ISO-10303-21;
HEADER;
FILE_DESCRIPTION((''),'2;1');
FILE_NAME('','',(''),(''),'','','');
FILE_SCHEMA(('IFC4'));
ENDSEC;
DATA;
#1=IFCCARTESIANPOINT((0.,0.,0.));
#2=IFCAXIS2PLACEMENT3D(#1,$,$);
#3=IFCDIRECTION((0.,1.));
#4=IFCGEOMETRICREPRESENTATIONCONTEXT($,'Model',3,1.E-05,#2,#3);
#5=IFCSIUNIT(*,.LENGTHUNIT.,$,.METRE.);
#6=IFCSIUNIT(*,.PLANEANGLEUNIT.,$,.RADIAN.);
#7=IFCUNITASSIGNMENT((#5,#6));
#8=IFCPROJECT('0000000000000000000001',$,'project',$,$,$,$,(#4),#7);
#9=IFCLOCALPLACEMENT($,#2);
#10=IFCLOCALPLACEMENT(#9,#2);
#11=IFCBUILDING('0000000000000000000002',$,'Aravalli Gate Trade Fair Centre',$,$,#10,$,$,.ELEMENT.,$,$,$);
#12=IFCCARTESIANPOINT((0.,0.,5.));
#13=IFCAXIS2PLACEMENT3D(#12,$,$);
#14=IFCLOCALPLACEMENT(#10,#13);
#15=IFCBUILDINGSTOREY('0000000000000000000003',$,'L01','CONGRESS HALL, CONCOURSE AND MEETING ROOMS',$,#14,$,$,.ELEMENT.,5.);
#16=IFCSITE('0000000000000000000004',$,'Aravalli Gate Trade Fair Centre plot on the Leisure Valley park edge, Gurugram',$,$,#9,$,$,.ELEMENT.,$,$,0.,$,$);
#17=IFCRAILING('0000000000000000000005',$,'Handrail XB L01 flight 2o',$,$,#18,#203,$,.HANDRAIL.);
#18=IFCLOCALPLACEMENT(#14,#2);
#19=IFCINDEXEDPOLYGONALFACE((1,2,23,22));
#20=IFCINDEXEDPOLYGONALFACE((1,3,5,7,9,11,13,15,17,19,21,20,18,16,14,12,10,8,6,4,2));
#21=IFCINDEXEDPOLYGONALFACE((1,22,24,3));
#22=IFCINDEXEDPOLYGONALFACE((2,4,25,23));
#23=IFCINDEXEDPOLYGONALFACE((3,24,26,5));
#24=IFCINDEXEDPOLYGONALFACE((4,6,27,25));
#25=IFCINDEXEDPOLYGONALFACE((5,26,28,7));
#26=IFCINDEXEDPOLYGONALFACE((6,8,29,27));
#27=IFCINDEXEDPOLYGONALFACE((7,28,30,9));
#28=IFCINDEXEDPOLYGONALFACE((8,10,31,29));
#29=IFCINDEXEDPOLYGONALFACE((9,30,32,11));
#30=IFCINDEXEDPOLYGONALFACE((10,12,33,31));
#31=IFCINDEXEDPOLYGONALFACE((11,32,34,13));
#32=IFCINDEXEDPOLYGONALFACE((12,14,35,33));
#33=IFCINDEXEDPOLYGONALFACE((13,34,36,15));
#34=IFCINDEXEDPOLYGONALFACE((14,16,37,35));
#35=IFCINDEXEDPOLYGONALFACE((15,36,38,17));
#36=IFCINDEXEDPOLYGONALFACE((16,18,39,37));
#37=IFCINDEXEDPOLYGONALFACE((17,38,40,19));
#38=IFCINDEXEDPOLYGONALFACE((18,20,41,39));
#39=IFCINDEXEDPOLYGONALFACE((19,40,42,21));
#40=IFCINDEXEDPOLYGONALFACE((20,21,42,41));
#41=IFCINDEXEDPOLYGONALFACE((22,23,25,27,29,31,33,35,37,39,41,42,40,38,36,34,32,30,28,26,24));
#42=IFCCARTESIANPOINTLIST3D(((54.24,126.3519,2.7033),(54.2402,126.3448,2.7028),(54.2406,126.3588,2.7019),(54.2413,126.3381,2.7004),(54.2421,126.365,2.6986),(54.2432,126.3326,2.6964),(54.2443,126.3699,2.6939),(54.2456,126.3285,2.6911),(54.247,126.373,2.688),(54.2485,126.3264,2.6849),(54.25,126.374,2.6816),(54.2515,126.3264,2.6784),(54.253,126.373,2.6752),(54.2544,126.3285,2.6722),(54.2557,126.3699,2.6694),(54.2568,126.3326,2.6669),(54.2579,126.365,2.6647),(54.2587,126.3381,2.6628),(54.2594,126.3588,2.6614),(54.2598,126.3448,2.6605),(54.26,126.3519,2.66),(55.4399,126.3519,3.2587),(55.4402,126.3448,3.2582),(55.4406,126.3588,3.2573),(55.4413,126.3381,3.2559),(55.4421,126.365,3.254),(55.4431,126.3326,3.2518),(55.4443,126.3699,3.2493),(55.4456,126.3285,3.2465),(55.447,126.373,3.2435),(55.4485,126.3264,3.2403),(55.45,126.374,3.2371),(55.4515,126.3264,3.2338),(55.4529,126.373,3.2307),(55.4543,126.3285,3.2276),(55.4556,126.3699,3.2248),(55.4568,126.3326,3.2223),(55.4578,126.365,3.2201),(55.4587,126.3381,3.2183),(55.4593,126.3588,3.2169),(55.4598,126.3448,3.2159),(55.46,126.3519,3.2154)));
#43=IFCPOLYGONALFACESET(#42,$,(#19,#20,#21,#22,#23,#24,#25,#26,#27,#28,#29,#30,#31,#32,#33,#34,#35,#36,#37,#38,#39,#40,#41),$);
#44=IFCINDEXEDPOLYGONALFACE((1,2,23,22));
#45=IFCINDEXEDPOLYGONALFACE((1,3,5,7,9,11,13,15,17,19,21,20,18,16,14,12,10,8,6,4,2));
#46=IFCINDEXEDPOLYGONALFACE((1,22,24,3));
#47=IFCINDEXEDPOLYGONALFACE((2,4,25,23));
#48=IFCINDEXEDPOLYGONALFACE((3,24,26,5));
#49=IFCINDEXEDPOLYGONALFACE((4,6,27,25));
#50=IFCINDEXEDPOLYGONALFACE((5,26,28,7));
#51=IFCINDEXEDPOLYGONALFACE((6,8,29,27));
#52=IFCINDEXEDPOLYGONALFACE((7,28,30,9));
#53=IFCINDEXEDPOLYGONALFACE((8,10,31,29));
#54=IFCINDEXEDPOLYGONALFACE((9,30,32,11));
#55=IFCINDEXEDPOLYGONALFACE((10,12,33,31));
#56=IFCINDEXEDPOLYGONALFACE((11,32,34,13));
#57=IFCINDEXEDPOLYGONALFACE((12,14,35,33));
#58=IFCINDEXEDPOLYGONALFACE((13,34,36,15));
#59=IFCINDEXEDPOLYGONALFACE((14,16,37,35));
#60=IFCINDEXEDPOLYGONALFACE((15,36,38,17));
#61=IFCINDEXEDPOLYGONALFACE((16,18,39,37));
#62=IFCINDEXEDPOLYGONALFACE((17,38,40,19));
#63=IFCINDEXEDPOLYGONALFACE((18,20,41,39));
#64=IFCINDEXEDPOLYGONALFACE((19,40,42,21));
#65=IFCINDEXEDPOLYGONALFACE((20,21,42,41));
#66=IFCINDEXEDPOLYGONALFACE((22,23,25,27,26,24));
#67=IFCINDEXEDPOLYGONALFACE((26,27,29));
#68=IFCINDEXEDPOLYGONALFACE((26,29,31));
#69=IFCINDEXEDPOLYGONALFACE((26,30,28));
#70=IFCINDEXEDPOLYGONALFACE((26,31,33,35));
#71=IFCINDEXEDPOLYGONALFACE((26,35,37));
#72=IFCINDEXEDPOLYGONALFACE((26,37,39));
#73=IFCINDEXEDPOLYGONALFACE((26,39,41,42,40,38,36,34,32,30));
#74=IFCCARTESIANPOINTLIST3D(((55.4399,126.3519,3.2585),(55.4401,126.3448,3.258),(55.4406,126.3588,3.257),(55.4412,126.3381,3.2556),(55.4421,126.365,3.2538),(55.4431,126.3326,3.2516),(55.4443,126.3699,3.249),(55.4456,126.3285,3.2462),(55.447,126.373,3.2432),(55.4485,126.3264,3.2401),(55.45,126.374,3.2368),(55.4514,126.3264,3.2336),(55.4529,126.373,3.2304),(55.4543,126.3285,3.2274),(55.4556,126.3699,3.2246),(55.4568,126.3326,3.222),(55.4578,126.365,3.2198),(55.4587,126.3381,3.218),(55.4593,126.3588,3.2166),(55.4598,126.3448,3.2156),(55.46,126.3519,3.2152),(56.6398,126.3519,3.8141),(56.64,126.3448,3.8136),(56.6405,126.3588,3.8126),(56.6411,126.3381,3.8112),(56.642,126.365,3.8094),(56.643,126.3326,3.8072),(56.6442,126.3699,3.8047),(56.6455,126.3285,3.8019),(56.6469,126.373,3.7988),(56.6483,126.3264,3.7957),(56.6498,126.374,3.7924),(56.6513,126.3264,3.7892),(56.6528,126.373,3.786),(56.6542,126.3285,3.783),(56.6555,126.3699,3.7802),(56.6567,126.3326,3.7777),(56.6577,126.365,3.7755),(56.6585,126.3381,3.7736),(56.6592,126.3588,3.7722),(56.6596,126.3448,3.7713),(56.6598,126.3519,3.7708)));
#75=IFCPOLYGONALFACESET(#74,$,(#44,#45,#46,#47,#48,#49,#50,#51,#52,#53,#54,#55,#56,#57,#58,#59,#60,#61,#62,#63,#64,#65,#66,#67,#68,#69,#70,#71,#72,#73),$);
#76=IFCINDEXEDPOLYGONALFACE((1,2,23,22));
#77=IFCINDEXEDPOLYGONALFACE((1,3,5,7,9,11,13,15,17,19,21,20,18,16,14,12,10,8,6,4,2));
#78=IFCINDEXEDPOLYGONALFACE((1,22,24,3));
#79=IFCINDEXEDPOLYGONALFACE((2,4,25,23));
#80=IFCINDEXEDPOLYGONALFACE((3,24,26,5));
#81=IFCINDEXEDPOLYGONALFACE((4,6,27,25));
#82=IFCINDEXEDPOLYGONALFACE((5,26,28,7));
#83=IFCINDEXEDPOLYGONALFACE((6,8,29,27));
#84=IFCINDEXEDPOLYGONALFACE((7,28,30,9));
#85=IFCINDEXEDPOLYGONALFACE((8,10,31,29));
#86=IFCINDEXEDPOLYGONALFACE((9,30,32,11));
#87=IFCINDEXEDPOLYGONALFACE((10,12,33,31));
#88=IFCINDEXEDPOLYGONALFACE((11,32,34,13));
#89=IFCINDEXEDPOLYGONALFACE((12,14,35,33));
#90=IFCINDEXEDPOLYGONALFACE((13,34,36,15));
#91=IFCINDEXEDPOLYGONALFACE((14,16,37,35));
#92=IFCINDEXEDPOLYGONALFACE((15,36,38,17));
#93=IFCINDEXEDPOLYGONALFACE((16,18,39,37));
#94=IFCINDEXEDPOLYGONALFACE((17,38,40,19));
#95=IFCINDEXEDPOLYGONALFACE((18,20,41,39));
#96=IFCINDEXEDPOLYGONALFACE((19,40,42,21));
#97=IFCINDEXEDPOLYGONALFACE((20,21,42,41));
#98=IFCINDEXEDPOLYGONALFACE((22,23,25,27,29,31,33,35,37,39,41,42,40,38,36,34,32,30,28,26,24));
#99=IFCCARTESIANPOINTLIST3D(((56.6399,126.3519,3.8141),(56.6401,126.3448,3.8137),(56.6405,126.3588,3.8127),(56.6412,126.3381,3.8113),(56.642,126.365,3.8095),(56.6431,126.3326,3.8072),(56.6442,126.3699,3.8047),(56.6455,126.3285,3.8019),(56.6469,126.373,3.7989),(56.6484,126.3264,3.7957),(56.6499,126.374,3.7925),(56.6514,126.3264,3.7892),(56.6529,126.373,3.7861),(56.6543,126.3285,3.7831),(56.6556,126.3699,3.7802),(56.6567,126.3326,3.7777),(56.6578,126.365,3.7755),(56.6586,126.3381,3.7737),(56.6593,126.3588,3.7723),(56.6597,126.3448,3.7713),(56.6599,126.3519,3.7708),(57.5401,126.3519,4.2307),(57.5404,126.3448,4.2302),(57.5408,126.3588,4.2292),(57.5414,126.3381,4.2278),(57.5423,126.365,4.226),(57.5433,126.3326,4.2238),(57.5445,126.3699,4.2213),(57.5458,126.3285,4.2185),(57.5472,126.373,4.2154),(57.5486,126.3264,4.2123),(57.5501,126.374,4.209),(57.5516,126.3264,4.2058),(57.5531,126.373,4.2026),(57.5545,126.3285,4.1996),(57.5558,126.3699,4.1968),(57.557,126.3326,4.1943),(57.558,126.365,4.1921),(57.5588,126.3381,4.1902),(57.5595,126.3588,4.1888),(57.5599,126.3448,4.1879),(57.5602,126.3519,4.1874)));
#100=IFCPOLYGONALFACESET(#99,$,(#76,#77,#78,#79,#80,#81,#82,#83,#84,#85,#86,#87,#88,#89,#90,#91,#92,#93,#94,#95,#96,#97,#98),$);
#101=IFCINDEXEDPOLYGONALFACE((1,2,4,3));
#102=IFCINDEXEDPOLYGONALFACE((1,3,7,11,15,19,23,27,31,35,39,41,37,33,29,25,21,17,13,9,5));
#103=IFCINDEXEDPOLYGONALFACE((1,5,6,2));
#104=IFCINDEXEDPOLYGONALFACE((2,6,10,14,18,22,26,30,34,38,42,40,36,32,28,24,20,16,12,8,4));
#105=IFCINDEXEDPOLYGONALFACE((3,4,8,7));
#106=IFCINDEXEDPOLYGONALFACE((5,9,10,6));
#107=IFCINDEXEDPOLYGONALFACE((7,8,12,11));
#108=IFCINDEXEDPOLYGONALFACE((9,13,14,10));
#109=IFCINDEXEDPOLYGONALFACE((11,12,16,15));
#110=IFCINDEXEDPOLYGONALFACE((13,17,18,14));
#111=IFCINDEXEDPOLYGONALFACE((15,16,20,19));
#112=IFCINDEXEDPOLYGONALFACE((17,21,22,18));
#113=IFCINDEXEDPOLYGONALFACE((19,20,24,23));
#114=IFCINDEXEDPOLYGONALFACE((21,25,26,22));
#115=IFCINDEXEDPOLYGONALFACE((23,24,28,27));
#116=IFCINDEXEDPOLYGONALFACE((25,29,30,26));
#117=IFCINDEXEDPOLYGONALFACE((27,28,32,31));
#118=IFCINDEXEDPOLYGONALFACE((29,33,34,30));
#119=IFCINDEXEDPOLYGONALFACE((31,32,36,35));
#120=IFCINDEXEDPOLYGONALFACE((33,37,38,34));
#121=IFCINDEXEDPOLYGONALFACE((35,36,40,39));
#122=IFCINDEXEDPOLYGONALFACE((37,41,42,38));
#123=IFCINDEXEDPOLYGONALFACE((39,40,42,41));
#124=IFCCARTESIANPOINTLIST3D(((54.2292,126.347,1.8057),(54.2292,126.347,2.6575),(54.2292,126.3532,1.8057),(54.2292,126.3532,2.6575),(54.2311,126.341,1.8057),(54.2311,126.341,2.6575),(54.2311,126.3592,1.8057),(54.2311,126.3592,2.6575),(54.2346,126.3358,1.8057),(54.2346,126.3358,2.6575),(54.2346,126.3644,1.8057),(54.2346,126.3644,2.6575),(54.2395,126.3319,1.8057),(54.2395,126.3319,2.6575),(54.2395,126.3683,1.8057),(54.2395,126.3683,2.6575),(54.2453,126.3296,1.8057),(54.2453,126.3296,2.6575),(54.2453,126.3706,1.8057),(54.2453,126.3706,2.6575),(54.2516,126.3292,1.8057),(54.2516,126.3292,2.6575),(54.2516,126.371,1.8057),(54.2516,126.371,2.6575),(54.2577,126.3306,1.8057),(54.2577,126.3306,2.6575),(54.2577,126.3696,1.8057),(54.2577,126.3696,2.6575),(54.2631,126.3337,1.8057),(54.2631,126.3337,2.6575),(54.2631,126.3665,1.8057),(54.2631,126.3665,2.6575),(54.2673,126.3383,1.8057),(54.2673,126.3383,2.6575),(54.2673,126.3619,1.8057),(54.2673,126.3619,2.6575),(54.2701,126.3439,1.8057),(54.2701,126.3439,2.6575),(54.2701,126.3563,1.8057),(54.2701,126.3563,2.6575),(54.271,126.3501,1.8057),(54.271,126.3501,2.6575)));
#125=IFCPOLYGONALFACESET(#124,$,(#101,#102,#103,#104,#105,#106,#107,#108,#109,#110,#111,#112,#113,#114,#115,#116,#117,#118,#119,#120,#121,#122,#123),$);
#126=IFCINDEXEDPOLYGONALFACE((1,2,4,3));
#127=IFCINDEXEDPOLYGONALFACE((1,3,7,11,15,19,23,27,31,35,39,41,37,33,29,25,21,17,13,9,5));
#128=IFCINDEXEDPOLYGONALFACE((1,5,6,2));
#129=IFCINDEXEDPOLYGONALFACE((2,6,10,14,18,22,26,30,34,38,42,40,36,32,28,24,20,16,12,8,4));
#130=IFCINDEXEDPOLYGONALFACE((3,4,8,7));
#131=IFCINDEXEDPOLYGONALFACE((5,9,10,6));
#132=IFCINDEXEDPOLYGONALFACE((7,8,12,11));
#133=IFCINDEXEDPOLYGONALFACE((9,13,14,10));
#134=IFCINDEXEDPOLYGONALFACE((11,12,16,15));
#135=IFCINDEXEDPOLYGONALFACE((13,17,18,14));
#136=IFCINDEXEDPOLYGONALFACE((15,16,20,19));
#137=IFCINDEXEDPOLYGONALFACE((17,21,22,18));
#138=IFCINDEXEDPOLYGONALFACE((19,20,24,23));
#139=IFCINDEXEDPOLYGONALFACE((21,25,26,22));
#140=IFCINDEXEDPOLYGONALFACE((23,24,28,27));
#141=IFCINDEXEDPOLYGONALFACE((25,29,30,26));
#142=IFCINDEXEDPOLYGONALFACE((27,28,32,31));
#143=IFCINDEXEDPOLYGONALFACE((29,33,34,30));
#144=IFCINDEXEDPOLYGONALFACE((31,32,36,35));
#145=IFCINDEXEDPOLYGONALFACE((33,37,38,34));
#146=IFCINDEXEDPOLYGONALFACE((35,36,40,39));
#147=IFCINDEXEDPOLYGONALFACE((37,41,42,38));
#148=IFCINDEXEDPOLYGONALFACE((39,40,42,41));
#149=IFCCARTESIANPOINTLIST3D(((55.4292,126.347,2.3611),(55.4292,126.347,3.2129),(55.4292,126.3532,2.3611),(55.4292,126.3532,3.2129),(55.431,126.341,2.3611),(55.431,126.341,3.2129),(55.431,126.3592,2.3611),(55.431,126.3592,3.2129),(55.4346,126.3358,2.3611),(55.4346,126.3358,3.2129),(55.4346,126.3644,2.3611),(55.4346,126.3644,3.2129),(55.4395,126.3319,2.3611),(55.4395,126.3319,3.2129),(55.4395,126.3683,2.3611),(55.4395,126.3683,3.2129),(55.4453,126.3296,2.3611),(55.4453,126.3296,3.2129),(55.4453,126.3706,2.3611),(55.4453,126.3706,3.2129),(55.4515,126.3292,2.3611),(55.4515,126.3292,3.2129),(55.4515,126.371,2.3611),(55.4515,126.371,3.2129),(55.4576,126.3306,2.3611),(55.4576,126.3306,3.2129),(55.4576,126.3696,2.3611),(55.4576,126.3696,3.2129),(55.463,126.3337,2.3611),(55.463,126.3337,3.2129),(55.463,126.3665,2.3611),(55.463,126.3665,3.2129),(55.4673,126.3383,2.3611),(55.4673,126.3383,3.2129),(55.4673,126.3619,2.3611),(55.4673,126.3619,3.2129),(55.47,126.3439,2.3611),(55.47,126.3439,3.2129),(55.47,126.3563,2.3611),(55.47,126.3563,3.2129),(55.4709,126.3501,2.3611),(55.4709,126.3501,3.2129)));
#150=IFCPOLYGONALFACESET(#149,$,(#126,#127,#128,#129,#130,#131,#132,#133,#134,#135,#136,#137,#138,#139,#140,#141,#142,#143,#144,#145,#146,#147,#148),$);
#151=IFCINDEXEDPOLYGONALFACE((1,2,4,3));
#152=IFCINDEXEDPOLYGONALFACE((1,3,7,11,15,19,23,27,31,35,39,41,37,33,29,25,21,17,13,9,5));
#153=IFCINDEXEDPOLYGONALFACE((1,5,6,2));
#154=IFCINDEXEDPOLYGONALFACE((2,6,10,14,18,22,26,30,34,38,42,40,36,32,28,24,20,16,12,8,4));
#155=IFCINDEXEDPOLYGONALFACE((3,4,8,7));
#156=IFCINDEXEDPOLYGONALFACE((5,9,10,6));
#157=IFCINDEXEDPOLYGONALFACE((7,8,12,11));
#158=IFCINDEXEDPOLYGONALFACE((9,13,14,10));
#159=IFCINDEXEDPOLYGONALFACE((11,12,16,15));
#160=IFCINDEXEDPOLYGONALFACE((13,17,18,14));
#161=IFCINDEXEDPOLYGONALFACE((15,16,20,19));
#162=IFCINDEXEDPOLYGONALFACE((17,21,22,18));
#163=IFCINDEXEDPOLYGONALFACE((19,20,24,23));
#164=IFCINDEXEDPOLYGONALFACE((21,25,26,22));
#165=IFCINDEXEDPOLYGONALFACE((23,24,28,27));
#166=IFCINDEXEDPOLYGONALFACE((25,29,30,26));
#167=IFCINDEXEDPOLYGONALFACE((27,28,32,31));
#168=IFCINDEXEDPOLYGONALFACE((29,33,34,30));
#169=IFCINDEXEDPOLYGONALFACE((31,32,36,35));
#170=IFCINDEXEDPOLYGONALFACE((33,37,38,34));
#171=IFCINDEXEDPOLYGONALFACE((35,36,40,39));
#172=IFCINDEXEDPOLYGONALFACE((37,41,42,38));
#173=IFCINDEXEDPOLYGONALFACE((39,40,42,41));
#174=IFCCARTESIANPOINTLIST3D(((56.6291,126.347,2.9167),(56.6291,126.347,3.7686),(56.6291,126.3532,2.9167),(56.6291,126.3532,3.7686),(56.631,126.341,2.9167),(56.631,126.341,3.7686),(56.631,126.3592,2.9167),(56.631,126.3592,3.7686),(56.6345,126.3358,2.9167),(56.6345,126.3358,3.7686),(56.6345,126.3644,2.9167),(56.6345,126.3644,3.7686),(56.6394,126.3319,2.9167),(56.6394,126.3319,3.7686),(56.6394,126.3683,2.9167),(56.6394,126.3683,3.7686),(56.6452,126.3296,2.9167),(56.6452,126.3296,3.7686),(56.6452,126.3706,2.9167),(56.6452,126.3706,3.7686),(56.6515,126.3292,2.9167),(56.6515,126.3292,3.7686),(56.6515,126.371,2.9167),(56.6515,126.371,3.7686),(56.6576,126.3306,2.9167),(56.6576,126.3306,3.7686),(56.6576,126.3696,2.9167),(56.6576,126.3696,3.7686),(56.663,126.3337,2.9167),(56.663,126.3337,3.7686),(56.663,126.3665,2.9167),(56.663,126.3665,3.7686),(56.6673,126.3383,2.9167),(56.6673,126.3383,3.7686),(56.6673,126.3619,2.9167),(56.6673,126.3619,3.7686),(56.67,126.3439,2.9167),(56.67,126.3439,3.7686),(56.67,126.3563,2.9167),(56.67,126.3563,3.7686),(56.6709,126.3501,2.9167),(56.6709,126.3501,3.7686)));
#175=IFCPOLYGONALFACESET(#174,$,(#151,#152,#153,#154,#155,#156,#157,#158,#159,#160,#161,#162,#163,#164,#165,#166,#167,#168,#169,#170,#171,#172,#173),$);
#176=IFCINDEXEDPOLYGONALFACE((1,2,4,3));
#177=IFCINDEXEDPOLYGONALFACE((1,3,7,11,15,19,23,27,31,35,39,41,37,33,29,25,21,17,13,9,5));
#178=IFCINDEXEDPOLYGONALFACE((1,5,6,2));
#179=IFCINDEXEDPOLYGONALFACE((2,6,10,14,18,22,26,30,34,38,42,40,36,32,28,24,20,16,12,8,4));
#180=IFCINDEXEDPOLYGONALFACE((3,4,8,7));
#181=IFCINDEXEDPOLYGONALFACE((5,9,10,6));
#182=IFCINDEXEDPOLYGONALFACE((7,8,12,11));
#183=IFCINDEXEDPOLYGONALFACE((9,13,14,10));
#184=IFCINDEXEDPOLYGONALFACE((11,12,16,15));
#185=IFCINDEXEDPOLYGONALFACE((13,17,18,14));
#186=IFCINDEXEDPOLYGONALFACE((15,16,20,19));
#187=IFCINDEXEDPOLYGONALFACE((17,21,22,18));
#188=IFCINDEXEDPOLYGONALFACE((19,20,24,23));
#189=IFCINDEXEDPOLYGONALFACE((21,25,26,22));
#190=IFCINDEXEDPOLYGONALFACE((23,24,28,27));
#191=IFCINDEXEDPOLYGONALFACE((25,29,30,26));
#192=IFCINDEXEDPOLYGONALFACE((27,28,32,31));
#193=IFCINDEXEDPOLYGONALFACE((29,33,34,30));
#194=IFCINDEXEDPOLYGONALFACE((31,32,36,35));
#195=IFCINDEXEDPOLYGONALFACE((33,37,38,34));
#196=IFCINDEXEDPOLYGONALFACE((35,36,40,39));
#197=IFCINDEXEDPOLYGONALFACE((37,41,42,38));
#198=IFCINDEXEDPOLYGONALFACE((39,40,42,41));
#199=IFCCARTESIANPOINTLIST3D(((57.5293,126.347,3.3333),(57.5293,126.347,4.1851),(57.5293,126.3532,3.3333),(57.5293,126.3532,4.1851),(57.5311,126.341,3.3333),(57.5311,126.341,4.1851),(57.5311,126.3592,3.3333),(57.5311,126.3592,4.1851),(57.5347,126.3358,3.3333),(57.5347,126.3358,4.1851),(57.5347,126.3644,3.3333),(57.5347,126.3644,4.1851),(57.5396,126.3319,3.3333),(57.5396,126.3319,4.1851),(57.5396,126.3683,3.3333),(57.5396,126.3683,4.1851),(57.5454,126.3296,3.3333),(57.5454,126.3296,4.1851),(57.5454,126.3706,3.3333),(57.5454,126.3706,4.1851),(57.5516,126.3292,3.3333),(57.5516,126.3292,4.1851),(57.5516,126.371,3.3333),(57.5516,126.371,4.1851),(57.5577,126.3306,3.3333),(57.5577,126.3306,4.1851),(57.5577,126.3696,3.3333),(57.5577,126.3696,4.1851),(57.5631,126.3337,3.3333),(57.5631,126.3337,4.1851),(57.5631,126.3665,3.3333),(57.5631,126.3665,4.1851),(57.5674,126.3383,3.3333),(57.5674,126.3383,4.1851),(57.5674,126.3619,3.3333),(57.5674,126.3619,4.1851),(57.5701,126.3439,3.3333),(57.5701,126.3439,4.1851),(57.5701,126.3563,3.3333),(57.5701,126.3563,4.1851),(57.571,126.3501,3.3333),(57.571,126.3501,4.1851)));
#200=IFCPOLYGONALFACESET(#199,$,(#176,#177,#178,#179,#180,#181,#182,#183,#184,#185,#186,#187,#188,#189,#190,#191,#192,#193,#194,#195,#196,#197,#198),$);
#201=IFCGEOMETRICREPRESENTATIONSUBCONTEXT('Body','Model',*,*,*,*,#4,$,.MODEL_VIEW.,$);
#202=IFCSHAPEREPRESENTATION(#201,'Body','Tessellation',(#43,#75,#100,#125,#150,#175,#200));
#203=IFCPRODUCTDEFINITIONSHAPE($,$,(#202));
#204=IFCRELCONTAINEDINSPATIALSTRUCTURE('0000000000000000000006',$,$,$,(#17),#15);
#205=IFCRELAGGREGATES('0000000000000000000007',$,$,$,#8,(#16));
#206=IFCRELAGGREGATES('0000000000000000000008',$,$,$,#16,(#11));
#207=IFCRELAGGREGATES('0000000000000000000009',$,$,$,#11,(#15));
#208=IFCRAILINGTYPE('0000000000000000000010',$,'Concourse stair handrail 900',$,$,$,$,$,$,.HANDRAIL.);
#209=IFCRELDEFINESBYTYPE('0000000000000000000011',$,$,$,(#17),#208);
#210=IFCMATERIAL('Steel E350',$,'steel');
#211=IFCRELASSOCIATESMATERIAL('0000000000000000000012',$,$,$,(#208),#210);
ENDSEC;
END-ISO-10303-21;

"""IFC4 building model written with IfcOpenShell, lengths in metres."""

from ifc_helpers import new_model, si_unit, direction, frame, origin, origin_2d, place, context, subcontext, project, spatial, circle, extrude, material, type_object, element, save


model = new_model("IFC4")

# Units and contexts
model_context = context("Model", 3, precision=1e-05, world=origin(), true_north=direction((0.0, 1.0)))
body_context = subcontext(model_context, "Body", "Model", "MODEL_VIEW")
ifc_project = project(units=[si_unit("LENGTHUNIT", "METRE"), si_unit("PLANEANGLEUNIT", "RADIAN")], contexts=[model_context])

# Site, building, storey
site_placement = place(None, origin())
site = spatial("IfcSite", under=ifc_project, at=site_placement, Name="Aravalli Gate Trade Fair Centre plot on the Leisure Valley park edge, Gurugram", CompositionType="ELEMENT", RefElevation=0.0)
building_placement = place(site_placement, origin())
building = spatial("IfcBuilding", under=site, at=building_placement, Name="Aravalli Gate Trade Fair Centre", CompositionType="ELEMENT")
storey_placement = place(building_placement, frame((0.0, 0.0, 5.0)))
storey = spatial("IfcBuildingStorey", under=building, at=storey_placement, Name="L01", Description="CONGRESS HALL, CONCOURSE AND MEETING ROOMS", CompositionType="ELEMENT", Elevation=5.0)

# Shared definitions
ifc_material_1 = material(Name="Steel E350", Category="steel")

# Railing
railing_type = type_object("IfcRailingType", Name="Concourse stair handrail 900", PredefinedType="HANDRAIL", material=ifc_material_1)
for number, where, name in (
    (1, (54.25, 126.3501, 1.8057), "Handrail XB L01 flight 2o"),
):
    element("IfcRailing", number, at=place(storey_placement, frame(where)), inside=storey, type_object=railing_type, Name=name, PredefinedType="HANDRAIL", context=body_context, shape_type="SweptSolid", body=[
        extrude(circle(Radius=0.0239, at=origin_2d()), frame((0.0, 0.0, 0.876), z_axis=(0.907499, 0.0, 0.420053), x_axis=(0.0, 1.0, 0.0)), (0.0, 0.0, 1.0), 1.3223),
        extrude(circle(Radius=0.0239, at=origin_2d()), frame((1.2, 0.0, 1.4312), z_axis=(0.907429, 0.0, 0.420205), x_axis=(0.0, 1.0, 0.0)), (0.0, 0.0, 1.0), 1.3223),
        extrude(circle(Radius=0.0239, at=origin_2d()), frame((2.3999, 0.0, 1.9868), z_axis=(0.907556, 0.0, 0.419932), x_axis=(0.0, 1.0, 0.0)), (0.0, 0.0, 1.0), 0.9919),
        extrude(circle(Radius=0.021, at=origin_2d()), origin(), (0.0, 0.0, 1.0), 0.8518),
        extrude(circle(Radius=0.021, at=origin_2d()), frame((1.2, 0.0, 0.5554)), (0.0, 0.0, 1.0), 0.8518),
        extrude(circle(Radius=0.021, at=origin_2d()), frame((2.3999, 0.0, 1.1111)), (0.0, 0.0, 1.0), 0.8518),
        extrude(circle(Radius=0.021, at=origin_2d()), frame((3.3, 0.0, 1.5276)), (0.0, 0.0, 1.0), 0.8518),
    ])

save(model, "model.ifc")
